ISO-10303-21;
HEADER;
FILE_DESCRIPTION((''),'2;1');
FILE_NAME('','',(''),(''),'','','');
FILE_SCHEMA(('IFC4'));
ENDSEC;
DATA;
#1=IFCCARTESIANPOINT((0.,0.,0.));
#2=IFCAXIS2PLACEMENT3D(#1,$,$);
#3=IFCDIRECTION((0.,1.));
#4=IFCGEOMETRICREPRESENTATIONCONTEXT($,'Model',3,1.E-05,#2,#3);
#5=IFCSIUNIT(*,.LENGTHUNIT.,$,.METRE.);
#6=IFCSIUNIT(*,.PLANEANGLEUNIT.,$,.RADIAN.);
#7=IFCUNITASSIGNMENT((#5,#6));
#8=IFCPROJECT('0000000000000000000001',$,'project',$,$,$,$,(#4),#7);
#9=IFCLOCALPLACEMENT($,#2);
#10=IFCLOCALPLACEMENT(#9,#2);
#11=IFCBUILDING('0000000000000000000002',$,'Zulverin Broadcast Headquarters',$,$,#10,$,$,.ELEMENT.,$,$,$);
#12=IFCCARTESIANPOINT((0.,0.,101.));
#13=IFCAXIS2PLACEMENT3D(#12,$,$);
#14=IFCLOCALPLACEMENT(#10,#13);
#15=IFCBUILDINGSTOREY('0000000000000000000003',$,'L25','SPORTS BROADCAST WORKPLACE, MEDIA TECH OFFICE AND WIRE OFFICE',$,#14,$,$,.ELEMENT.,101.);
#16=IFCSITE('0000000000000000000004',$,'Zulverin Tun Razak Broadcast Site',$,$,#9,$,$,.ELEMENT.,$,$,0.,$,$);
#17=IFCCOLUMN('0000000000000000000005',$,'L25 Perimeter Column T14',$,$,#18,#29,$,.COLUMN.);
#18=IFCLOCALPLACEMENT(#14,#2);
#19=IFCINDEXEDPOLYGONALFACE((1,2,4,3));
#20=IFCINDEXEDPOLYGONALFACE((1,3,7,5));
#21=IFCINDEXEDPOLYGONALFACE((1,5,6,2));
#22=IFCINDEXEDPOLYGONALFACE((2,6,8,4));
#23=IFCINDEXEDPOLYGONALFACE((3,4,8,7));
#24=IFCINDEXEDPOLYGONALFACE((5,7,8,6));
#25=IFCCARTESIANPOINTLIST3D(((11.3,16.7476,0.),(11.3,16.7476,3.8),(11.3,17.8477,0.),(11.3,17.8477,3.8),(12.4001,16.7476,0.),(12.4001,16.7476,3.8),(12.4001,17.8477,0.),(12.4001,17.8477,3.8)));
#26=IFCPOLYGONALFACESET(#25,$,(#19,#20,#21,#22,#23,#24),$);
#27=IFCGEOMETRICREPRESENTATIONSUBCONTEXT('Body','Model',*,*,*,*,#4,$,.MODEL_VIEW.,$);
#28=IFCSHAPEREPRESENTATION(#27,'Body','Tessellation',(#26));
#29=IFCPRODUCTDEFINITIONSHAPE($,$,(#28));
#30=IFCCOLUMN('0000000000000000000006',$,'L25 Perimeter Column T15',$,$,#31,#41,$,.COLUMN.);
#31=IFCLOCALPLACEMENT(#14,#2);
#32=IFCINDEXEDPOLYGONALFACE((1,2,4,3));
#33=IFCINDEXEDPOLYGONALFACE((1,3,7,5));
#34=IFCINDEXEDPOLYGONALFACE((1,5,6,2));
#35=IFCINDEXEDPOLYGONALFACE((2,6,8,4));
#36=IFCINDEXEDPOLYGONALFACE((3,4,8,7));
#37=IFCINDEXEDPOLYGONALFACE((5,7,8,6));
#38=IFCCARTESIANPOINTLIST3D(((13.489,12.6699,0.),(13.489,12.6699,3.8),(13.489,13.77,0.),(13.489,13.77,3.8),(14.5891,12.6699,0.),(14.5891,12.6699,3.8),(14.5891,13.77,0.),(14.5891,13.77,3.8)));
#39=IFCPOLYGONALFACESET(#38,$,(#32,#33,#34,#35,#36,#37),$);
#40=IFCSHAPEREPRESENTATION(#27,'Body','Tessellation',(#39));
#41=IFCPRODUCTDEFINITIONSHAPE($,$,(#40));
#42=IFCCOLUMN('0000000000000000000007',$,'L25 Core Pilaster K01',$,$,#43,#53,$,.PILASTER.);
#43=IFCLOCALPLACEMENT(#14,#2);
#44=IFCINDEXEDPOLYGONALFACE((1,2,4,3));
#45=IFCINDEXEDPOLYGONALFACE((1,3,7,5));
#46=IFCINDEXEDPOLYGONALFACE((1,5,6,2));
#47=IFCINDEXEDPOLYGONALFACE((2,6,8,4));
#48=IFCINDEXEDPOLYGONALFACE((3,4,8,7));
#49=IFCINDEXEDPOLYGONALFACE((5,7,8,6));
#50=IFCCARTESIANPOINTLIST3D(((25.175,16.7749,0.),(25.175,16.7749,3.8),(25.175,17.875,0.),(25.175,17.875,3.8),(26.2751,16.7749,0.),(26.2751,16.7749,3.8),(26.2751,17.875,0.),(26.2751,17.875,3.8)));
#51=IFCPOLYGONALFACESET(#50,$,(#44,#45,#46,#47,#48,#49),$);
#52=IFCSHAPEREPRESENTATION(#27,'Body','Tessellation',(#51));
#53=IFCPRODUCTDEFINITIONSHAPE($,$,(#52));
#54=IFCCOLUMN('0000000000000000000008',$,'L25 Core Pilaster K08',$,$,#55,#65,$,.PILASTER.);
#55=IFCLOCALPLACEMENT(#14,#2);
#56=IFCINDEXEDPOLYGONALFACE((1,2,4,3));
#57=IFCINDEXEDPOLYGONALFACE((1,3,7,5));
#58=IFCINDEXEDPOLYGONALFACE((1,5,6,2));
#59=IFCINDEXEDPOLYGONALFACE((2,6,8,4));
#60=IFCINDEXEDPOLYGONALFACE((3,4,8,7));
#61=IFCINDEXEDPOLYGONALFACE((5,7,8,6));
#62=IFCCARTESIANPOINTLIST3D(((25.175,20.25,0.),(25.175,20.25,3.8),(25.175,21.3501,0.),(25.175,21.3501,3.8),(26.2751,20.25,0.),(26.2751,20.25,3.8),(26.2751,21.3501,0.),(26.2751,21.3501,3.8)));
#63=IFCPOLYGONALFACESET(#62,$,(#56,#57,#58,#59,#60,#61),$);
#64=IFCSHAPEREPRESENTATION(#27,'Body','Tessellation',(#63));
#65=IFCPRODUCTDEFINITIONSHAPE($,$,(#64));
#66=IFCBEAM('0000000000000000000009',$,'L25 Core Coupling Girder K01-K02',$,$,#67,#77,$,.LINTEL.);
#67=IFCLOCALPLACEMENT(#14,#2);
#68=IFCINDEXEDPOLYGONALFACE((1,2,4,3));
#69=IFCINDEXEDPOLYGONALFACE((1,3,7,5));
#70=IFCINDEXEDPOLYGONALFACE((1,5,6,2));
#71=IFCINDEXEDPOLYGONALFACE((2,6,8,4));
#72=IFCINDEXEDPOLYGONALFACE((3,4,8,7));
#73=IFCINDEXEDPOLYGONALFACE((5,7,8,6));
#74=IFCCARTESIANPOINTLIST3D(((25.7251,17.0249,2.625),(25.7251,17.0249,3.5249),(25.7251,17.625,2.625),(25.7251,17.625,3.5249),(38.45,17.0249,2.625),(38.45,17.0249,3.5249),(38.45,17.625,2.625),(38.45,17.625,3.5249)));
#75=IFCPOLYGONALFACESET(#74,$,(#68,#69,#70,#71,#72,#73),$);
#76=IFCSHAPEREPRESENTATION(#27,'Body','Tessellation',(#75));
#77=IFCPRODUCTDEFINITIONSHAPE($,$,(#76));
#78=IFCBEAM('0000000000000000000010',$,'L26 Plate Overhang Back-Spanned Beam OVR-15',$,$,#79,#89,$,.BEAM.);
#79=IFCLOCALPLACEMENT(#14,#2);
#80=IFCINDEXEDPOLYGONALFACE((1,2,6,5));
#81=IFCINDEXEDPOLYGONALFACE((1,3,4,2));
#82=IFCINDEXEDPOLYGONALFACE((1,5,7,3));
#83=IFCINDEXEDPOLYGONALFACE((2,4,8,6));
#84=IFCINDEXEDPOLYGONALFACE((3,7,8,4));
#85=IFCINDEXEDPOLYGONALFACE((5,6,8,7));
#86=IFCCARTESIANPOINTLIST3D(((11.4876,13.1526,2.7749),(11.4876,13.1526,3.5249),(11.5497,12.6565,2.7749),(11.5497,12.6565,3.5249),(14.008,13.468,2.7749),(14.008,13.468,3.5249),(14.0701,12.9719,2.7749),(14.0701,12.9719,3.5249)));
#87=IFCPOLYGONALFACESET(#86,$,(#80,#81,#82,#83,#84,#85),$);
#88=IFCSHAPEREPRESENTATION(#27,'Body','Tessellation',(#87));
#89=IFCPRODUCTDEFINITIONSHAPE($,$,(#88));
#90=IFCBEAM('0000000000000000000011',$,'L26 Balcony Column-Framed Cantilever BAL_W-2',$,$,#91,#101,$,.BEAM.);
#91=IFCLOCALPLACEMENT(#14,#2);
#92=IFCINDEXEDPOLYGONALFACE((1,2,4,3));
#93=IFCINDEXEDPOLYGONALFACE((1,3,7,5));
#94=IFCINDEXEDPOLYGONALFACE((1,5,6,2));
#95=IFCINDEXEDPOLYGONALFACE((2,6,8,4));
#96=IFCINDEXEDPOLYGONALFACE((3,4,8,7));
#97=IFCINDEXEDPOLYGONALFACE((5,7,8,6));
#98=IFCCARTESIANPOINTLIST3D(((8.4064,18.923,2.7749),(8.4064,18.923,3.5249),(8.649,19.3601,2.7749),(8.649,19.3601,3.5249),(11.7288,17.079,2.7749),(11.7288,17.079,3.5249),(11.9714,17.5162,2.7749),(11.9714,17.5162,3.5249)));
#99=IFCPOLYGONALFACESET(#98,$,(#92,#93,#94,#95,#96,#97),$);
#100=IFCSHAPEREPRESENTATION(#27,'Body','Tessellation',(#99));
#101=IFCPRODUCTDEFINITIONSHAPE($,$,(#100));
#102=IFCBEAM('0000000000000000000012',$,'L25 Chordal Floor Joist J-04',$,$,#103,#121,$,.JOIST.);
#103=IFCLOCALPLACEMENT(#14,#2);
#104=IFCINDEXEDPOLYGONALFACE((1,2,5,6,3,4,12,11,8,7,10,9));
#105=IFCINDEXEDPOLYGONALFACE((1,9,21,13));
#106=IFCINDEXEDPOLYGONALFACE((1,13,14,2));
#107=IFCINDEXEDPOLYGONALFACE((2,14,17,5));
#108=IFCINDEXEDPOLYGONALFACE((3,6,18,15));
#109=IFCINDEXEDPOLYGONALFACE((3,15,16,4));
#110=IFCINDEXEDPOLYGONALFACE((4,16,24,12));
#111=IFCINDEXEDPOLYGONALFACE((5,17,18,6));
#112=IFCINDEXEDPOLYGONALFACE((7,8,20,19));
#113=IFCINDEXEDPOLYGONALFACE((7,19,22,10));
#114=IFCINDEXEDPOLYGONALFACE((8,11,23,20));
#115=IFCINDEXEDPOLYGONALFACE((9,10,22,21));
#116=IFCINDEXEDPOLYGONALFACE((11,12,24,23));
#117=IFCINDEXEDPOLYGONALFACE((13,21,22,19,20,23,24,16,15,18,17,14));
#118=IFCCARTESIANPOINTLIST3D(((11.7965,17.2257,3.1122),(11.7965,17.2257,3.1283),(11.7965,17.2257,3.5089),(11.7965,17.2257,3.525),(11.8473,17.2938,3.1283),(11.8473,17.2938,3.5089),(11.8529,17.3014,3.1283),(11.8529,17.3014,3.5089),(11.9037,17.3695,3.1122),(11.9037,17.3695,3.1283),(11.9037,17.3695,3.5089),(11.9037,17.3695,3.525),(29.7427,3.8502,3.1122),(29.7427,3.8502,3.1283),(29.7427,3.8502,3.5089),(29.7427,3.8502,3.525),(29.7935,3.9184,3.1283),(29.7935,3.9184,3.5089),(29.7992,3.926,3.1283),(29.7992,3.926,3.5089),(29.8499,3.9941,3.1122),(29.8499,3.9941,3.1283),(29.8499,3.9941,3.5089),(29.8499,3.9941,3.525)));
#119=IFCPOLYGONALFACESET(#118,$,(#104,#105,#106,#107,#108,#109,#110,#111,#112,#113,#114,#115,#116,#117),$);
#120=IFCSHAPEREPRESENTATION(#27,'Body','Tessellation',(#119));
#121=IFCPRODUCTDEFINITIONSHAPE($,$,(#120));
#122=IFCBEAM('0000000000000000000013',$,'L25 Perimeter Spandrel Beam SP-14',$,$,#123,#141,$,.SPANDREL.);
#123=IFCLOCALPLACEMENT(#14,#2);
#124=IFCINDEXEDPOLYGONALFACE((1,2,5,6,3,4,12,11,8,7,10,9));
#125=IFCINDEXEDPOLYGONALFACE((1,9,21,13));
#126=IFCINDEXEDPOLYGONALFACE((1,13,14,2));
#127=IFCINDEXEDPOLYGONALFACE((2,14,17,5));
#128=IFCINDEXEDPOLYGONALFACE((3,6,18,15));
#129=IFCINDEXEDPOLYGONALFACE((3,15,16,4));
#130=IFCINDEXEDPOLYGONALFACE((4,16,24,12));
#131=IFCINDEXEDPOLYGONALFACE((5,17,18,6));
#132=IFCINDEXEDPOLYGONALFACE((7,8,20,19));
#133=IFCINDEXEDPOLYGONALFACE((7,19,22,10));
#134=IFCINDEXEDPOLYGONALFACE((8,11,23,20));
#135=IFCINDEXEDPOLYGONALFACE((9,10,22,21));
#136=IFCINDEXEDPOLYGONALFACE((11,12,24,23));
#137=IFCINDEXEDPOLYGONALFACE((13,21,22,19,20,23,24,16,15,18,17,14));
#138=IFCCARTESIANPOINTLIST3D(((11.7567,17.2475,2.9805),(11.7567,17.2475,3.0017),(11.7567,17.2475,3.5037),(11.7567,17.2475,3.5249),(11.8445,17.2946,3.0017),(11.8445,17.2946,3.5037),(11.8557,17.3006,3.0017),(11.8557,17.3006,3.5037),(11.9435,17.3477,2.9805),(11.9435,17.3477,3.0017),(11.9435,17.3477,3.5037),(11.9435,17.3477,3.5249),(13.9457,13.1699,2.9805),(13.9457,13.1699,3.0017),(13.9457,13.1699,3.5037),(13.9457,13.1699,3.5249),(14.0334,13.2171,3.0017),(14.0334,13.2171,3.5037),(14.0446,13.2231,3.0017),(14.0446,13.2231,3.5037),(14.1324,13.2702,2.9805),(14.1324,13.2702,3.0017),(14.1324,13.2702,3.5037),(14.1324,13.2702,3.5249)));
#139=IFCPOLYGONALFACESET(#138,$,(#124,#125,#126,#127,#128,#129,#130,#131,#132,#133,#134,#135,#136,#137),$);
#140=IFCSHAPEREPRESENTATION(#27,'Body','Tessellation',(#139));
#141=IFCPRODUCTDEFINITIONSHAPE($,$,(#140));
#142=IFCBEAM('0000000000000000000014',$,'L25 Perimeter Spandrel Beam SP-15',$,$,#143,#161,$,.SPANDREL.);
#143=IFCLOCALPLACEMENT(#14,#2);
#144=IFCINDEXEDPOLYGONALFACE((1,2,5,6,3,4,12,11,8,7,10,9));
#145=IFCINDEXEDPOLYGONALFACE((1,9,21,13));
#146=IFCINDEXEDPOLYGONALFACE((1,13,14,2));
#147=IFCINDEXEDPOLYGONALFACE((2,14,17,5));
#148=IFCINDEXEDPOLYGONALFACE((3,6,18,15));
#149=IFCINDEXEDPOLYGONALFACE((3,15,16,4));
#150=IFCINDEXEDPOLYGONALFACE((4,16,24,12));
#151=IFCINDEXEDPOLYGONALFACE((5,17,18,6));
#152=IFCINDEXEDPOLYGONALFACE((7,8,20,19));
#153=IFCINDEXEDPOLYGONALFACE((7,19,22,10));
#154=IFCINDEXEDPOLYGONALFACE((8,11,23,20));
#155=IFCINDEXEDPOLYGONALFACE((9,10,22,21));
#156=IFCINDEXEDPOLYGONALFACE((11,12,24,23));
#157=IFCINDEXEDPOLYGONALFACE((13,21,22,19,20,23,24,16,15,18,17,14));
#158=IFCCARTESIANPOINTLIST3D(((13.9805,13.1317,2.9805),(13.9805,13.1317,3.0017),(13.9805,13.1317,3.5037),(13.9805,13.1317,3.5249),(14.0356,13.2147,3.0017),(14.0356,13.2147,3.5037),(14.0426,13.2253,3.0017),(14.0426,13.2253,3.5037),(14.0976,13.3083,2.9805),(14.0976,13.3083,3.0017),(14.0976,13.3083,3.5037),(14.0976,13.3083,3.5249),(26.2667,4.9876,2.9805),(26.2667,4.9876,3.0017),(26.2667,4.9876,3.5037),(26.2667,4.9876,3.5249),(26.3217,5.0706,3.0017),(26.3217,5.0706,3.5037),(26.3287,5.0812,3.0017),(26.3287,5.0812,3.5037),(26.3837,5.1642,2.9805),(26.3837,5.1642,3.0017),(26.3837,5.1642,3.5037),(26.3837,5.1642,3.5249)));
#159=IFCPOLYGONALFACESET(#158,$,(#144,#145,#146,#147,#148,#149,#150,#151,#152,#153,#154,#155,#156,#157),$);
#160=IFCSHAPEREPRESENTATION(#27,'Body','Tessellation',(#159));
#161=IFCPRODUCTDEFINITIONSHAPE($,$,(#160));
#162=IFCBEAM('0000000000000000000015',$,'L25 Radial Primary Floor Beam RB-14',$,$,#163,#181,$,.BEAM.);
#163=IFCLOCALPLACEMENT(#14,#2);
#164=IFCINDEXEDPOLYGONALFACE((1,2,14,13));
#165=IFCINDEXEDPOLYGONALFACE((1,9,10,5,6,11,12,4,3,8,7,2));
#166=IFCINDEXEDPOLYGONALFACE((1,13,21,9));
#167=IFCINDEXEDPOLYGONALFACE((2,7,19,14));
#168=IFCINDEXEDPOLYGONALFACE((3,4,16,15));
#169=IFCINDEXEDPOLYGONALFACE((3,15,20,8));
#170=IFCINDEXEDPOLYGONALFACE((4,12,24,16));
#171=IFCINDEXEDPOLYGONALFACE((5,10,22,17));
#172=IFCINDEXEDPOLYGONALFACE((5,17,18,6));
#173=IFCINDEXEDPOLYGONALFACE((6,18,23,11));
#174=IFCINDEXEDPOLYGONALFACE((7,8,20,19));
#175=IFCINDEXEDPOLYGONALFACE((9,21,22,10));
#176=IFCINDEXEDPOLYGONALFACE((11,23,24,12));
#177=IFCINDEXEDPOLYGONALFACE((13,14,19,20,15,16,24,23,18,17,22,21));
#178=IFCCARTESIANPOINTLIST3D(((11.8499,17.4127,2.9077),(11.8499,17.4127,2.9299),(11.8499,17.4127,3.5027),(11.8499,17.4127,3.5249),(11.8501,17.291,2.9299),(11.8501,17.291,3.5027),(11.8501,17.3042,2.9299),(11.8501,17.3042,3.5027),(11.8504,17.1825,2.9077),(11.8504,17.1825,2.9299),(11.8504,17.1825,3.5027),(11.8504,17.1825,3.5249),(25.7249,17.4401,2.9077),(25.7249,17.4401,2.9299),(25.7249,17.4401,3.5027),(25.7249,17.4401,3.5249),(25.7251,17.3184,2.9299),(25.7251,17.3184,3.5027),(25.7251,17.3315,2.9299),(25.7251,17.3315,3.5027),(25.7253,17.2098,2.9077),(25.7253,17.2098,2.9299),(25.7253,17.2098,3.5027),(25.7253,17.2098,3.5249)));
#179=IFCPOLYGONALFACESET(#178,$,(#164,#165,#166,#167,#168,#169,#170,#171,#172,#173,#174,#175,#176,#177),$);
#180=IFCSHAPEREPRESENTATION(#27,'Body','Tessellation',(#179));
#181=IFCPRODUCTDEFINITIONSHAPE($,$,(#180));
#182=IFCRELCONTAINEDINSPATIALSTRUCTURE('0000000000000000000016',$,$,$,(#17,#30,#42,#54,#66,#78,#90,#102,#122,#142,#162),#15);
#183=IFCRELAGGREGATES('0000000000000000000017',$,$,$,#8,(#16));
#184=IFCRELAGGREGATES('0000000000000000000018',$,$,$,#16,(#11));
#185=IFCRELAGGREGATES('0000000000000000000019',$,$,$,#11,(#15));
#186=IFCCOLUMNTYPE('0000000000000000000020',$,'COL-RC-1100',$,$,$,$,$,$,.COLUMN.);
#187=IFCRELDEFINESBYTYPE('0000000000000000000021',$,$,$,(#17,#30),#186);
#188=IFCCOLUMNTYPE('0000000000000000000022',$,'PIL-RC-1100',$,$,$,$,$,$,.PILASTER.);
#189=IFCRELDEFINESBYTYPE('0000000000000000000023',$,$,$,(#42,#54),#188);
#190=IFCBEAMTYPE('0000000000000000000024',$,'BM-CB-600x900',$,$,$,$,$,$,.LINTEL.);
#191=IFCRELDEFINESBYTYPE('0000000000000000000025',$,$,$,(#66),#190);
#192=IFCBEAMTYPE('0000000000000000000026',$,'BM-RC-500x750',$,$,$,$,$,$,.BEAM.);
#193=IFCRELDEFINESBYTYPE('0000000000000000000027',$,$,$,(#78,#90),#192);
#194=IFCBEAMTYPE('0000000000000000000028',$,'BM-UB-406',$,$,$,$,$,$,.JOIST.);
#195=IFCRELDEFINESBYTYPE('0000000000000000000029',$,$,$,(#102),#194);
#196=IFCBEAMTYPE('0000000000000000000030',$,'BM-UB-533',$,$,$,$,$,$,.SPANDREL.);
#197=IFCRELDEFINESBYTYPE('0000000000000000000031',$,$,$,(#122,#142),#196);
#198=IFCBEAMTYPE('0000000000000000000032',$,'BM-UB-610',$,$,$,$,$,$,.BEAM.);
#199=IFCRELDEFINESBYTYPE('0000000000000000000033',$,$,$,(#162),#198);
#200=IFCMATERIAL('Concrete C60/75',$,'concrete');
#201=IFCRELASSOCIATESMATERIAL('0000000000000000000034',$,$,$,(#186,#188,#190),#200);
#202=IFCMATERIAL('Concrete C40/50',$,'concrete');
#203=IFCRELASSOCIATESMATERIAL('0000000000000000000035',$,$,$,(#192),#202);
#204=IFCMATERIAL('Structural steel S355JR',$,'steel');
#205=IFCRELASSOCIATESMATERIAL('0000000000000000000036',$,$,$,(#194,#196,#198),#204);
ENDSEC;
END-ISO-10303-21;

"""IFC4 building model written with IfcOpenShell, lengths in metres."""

from ifc_helpers import new_model, si_unit, direction, frame, origin, origin_2d, place, context, subcontext, project, spatial, rectangle, i_section, extrude, material, material_profile, profile_set, type_object, element, save


model = new_model("IFC4")

# Units and contexts
model_context = context("Model", 3, precision=1e-05, world=origin(), true_north=direction((0.0, 1.0)))
body_context = subcontext(model_context, "Body", "Model", "MODEL_VIEW")
ifc_project = project(units=[si_unit("LENGTHUNIT", "METRE"), si_unit("PLANEANGLEUNIT", "RADIAN")], contexts=[model_context])

# Site, building, storey
site_placement = place(None, origin())
site = spatial("IfcSite", under=ifc_project, at=site_placement, Name="Zulverin Tun Razak Broadcast Site", CompositionType="ELEMENT", RefElevation=0.0)
building_placement = place(site_placement, origin())
building = spatial("IfcBuilding", under=site, at=building_placement, Name="Zulverin Broadcast Headquarters", CompositionType="ELEMENT")
storey_placement = place(building_placement, frame((0.0, 0.0, 101.0)))
storey = spatial("IfcBuildingStorey", under=building, at=storey_placement, Name="L25", Description="SPORTS BROADCAST WORKPLACE, MEDIA TECH OFFICE AND WIRE OFFICE", CompositionType="ELEMENT", Elevation=101.0)

# Columns
ifc_material_1 = material(Name="Concrete C60/75", Category="concrete")
ifc_material_profile_1 = material_profile(ifc_material_1, rectangle(XDim=1.1001, YDim=1.1001, at=origin_2d()), Name="Concrete C60/75", Category="concrete")
ifc_profile_set_1 = profile_set([ifc_material_profile_1], Name="Concrete C60/75")
column_type_1 = type_object("IfcColumnType", Name="COL-RC-1100", PredefinedType="COLUMN", material=ifc_profile_set_1)
for number, where, z_axis, x_axis, name in (
    (1, (11.8501, 17.2976, 0.0), (0.0, 0.0, 1.0), (1.0, 0.0, 0.0), "L25 Perimeter Column T14"),
    (2, (14.0391, 13.22, 0.0), (0.0, 0.0, 1.0), (1.0, 0.0, 0.0), "L25 Perimeter Column T15"),
):
    element("IfcColumn", number, at=place(storey_placement, frame(where, z_axis=z_axis, x_axis=x_axis)), inside=storey, type_object=column_type_1, Name=name, PredefinedType="COLUMN", context=body_context, shape_type="SweptSolid", body=[
        extrude(rectangle(XDim=1.1001, YDim=1.1001, at=origin_2d()), origin(), (0.0, 0.0, 1.0), 3.8),
    ])
ifc_material_profile_2 = material_profile(ifc_material_1, rectangle(XDim=1.1001, YDim=1.1001, at=origin_2d()), Name="Concrete C60/75", Category="concrete")
ifc_profile_set_2 = profile_set([ifc_material_profile_2], Name="Concrete C60/75")
column_type_2 = type_object("IfcColumnType", Name="PIL-RC-1100", PredefinedType="PILASTER", material=ifc_profile_set_2)
for number, where, z_axis, x_axis, name in (
    (3, (25.7251, 17.325, 0.0), (0.0, 0.0, 1.0), (1.0, 0.0, 0.0), "L25 Core Pilaster K01"),
    (4, (25.7251, 20.8, 0.0), (0.0, 0.0, 1.0), (1.0, 0.0, 0.0), "L25 Core Pilaster K08"),
):
    element("IfcColumn", number, at=place(storey_placement, frame(where, z_axis=z_axis, x_axis=x_axis)), inside=storey, type_object=column_type_2, Name=name, PredefinedType="PILASTER", context=body_context, shape_type="SweptSolid", body=[
        extrude(rectangle(XDim=1.1001, YDim=1.1001, at=origin_2d()), origin(), (0.0, 0.0, 1.0), 3.8),
    ])

# Beams
ifc_material_profile_3 = material_profile(ifc_material_1, rectangle(XDim=0.6001, YDim=0.8999, at=origin_2d()), Name="Concrete C60/75", Category="concrete")
ifc_profile_set_3 = profile_set([ifc_material_profile_3], Name="Concrete C60/75")
beam_type_1 = type_object("IfcBeamType", Name="BM-CB-600x900", PredefinedType="LINTEL", material=ifc_profile_set_3)
beam_1_placement = place(storey_placement, frame((25.7251, 17.325, 3.075), z_axis=(1.0, 0.0, 0.0), x_axis=(0.0, 1.0, 0.0)))
element("IfcBeam", 5, at=beam_1_placement, inside=storey, type_object=beam_type_1, Name="L25 Core Coupling Girder K01-K02", PredefinedType="LINTEL", context=body_context, shape_type="SweptSolid", body=[
    extrude(rectangle(XDim=0.6001, YDim=0.8999, at=origin_2d()), origin(), (0.0, 0.0, 1.0), 12.7249),
])
ifc_material_2 = material(Name="Concrete C40/50", Category="concrete")
ifc_material_profile_4 = material_profile(ifc_material_2, rectangle(XDim=0.5, YDim=0.75, at=origin_2d()), Name="Concrete C40/50", Category="concrete")
ifc_profile_set_4 = profile_set([ifc_material_profile_4], Name="Concrete C40/50")
beam_type_2 = type_object("IfcBeamType", Name="BM-RC-500x750", PredefinedType="BEAM", material=ifc_profile_set_4)
beam_2_placement = place(storey_placement, frame((14.0391, 13.22, 3.1499), z_axis=(-0.992259, -0.124189, 0.0), x_axis=(0.124189, -0.992259, 0.0)))
element("IfcBeam", 6, at=beam_2_placement, inside=storey, type_object=beam_type_2, Name="L26 Plate Overhang Back-Spanned Beam OVR-15", PredefinedType="BEAM", context=body_context, shape_type="SweptSolid", body=[
    extrude(rectangle(XDim=0.5, YDim=0.75, at=origin_2d()), origin(), (0.0, 0.0, 1.0), 2.54),
])
beam_3_placement = place(storey_placement, frame((11.8501, 17.2976, 3.1499), z_axis=(-0.874363, 0.485272, 0.0), x_axis=(-0.485272, -0.874363, 0.0)))
element("IfcBeam", 7, at=beam_3_placement, inside=storey, type_object=beam_type_2, Name="L26 Balcony Column-Framed Cantilever BAL_W-2", PredefinedType="BEAM", context=body_context, shape_type="SweptSolid", body=[
    extrude(rectangle(XDim=0.5, YDim=0.75, at=origin_2d()), origin(), (0.0, 0.0, 1.0), 3.7998),
])
ifc_material_3 = material(Name="Structural steel S355JR", Category="steel")
ifc_material_profile_5 = material_profile(ifc_material_3, i_section(OverallWidth=0.1794, OverallDepth=0.4128, WebThickness=0.0095, FlangeThickness=0.0161, at=origin_2d()), Name="Structural steel S355JR", Category="steel")
ifc_profile_set_5 = profile_set([ifc_material_profile_5], Name="Structural steel S355JR")
beam_type_3 = type_object("IfcBeamType", Name="BM-UB-406", PredefinedType="JOIST", material=ifc_profile_set_5)
beam_4_placement = place(storey_placement, frame((11.8501, 17.2976, 3.3186), z_axis=(0.801803, -0.597589, 0.0), x_axis=(0.597589, 0.801803, 0.0)))
element("IfcBeam", 8, at=beam_4_placement, inside=storey, type_object=beam_type_3, Name="L25 Chordal Floor Joist J-04", PredefinedType="JOIST", context=body_context, shape_type="SweptSolid", body=[
    extrude(i_section(OverallWidth=0.1794, OverallDepth=0.4128, WebThickness=0.0095, FlangeThickness=0.0161, at=origin_2d()), origin(), (0.0, 0.0, 1.0), 22.3823),
])
ifc_material_profile_6 = material_profile(ifc_material_3, i_section(OverallWidth=0.2119, OverallDepth=0.5444, WebThickness=0.0127, FlangeThickness=0.0212, at=origin_2d()), Name="Structural steel S355JR", Category="steel")
ifc_profile_set_6 = profile_set([ifc_material_profile_6], Name="Structural steel S355JR")
beam_type_4 = type_object("IfcBeamType", Name="BM-UB-533", PredefinedType="SPANDREL", material=ifc_profile_set_6)
beam_5_placement = place(storey_placement, frame((11.8501, 17.2976, 3.2527), z_axis=(0.47298, -0.881073, 0.0), x_axis=(0.881073, 0.47298, 0.0)))
element("IfcBeam", 9, at=beam_5_placement, inside=storey, type_object=beam_type_4, Name="L25 Perimeter Spandrel Beam SP-14", PredefinedType="SPANDREL", context=body_context, shape_type="SweptSolid", body=[
    extrude(i_section(OverallWidth=0.2119, OverallDepth=0.5444, WebThickness=0.0127, FlangeThickness=0.0212, at=origin_2d()), origin(), (0.0, 0.0, 1.0), 4.6279),
])
beam_6_placement = place(storey_placement, frame((14.0391, 13.22, 3.2527), z_axis=(0.83351, -0.552504, 0.0), x_axis=(0.552504, 0.83351, 0.0)))
element("IfcBeam", 10, at=beam_6_placement, inside=storey, type_object=beam_type_4, Name="L25 Perimeter Spandrel Beam SP-15", PredefinedType="SPANDREL", context=body_context, shape_type="SweptSolid", body=[
    extrude(i_section(OverallWidth=0.2119, OverallDepth=0.5444, WebThickness=0.0127, FlangeThickness=0.0212, at=origin_2d()), origin(), (0.0, 0.0, 1.0), 14.7402),
])
ifc_material_profile_7 = material_profile(ifc_material_3, i_section(OverallWidth=0.2302, OverallDepth=0.6172, WebThickness=0.0132, FlangeThickness=0.0222, at=origin_2d()), Name="Structural steel S355JR", Category="steel")
ifc_profile_set_7 = profile_set([ifc_material_profile_7], Name="Structural steel S355JR")
beam_type_5 = type_object("IfcBeamType", Name="BM-UB-610", PredefinedType="BEAM", material=ifc_profile_set_7)
beam_7_placement = place(storey_placement, frame((25.7251, 17.325, 3.2163), z_axis=(-0.999998, -0.001971, 0.0), x_axis=(0.001971, -0.999998, 0.0)))
element("IfcBeam", 11, at=beam_7_placement, inside=storey, type_object=beam_type_5, Name="L25 Radial Primary Floor Beam RB-14", PredefinedType="BEAM", context=body_context, shape_type="SweptSolid", body=[
    extrude(i_section(OverallWidth=0.2302, OverallDepth=0.6172, WebThickness=0.0132, FlangeThickness=0.0222, at=origin_2d()), origin(), (0.0, 0.0, 1.0), 13.875),
])

save(model, "model.ifc")
